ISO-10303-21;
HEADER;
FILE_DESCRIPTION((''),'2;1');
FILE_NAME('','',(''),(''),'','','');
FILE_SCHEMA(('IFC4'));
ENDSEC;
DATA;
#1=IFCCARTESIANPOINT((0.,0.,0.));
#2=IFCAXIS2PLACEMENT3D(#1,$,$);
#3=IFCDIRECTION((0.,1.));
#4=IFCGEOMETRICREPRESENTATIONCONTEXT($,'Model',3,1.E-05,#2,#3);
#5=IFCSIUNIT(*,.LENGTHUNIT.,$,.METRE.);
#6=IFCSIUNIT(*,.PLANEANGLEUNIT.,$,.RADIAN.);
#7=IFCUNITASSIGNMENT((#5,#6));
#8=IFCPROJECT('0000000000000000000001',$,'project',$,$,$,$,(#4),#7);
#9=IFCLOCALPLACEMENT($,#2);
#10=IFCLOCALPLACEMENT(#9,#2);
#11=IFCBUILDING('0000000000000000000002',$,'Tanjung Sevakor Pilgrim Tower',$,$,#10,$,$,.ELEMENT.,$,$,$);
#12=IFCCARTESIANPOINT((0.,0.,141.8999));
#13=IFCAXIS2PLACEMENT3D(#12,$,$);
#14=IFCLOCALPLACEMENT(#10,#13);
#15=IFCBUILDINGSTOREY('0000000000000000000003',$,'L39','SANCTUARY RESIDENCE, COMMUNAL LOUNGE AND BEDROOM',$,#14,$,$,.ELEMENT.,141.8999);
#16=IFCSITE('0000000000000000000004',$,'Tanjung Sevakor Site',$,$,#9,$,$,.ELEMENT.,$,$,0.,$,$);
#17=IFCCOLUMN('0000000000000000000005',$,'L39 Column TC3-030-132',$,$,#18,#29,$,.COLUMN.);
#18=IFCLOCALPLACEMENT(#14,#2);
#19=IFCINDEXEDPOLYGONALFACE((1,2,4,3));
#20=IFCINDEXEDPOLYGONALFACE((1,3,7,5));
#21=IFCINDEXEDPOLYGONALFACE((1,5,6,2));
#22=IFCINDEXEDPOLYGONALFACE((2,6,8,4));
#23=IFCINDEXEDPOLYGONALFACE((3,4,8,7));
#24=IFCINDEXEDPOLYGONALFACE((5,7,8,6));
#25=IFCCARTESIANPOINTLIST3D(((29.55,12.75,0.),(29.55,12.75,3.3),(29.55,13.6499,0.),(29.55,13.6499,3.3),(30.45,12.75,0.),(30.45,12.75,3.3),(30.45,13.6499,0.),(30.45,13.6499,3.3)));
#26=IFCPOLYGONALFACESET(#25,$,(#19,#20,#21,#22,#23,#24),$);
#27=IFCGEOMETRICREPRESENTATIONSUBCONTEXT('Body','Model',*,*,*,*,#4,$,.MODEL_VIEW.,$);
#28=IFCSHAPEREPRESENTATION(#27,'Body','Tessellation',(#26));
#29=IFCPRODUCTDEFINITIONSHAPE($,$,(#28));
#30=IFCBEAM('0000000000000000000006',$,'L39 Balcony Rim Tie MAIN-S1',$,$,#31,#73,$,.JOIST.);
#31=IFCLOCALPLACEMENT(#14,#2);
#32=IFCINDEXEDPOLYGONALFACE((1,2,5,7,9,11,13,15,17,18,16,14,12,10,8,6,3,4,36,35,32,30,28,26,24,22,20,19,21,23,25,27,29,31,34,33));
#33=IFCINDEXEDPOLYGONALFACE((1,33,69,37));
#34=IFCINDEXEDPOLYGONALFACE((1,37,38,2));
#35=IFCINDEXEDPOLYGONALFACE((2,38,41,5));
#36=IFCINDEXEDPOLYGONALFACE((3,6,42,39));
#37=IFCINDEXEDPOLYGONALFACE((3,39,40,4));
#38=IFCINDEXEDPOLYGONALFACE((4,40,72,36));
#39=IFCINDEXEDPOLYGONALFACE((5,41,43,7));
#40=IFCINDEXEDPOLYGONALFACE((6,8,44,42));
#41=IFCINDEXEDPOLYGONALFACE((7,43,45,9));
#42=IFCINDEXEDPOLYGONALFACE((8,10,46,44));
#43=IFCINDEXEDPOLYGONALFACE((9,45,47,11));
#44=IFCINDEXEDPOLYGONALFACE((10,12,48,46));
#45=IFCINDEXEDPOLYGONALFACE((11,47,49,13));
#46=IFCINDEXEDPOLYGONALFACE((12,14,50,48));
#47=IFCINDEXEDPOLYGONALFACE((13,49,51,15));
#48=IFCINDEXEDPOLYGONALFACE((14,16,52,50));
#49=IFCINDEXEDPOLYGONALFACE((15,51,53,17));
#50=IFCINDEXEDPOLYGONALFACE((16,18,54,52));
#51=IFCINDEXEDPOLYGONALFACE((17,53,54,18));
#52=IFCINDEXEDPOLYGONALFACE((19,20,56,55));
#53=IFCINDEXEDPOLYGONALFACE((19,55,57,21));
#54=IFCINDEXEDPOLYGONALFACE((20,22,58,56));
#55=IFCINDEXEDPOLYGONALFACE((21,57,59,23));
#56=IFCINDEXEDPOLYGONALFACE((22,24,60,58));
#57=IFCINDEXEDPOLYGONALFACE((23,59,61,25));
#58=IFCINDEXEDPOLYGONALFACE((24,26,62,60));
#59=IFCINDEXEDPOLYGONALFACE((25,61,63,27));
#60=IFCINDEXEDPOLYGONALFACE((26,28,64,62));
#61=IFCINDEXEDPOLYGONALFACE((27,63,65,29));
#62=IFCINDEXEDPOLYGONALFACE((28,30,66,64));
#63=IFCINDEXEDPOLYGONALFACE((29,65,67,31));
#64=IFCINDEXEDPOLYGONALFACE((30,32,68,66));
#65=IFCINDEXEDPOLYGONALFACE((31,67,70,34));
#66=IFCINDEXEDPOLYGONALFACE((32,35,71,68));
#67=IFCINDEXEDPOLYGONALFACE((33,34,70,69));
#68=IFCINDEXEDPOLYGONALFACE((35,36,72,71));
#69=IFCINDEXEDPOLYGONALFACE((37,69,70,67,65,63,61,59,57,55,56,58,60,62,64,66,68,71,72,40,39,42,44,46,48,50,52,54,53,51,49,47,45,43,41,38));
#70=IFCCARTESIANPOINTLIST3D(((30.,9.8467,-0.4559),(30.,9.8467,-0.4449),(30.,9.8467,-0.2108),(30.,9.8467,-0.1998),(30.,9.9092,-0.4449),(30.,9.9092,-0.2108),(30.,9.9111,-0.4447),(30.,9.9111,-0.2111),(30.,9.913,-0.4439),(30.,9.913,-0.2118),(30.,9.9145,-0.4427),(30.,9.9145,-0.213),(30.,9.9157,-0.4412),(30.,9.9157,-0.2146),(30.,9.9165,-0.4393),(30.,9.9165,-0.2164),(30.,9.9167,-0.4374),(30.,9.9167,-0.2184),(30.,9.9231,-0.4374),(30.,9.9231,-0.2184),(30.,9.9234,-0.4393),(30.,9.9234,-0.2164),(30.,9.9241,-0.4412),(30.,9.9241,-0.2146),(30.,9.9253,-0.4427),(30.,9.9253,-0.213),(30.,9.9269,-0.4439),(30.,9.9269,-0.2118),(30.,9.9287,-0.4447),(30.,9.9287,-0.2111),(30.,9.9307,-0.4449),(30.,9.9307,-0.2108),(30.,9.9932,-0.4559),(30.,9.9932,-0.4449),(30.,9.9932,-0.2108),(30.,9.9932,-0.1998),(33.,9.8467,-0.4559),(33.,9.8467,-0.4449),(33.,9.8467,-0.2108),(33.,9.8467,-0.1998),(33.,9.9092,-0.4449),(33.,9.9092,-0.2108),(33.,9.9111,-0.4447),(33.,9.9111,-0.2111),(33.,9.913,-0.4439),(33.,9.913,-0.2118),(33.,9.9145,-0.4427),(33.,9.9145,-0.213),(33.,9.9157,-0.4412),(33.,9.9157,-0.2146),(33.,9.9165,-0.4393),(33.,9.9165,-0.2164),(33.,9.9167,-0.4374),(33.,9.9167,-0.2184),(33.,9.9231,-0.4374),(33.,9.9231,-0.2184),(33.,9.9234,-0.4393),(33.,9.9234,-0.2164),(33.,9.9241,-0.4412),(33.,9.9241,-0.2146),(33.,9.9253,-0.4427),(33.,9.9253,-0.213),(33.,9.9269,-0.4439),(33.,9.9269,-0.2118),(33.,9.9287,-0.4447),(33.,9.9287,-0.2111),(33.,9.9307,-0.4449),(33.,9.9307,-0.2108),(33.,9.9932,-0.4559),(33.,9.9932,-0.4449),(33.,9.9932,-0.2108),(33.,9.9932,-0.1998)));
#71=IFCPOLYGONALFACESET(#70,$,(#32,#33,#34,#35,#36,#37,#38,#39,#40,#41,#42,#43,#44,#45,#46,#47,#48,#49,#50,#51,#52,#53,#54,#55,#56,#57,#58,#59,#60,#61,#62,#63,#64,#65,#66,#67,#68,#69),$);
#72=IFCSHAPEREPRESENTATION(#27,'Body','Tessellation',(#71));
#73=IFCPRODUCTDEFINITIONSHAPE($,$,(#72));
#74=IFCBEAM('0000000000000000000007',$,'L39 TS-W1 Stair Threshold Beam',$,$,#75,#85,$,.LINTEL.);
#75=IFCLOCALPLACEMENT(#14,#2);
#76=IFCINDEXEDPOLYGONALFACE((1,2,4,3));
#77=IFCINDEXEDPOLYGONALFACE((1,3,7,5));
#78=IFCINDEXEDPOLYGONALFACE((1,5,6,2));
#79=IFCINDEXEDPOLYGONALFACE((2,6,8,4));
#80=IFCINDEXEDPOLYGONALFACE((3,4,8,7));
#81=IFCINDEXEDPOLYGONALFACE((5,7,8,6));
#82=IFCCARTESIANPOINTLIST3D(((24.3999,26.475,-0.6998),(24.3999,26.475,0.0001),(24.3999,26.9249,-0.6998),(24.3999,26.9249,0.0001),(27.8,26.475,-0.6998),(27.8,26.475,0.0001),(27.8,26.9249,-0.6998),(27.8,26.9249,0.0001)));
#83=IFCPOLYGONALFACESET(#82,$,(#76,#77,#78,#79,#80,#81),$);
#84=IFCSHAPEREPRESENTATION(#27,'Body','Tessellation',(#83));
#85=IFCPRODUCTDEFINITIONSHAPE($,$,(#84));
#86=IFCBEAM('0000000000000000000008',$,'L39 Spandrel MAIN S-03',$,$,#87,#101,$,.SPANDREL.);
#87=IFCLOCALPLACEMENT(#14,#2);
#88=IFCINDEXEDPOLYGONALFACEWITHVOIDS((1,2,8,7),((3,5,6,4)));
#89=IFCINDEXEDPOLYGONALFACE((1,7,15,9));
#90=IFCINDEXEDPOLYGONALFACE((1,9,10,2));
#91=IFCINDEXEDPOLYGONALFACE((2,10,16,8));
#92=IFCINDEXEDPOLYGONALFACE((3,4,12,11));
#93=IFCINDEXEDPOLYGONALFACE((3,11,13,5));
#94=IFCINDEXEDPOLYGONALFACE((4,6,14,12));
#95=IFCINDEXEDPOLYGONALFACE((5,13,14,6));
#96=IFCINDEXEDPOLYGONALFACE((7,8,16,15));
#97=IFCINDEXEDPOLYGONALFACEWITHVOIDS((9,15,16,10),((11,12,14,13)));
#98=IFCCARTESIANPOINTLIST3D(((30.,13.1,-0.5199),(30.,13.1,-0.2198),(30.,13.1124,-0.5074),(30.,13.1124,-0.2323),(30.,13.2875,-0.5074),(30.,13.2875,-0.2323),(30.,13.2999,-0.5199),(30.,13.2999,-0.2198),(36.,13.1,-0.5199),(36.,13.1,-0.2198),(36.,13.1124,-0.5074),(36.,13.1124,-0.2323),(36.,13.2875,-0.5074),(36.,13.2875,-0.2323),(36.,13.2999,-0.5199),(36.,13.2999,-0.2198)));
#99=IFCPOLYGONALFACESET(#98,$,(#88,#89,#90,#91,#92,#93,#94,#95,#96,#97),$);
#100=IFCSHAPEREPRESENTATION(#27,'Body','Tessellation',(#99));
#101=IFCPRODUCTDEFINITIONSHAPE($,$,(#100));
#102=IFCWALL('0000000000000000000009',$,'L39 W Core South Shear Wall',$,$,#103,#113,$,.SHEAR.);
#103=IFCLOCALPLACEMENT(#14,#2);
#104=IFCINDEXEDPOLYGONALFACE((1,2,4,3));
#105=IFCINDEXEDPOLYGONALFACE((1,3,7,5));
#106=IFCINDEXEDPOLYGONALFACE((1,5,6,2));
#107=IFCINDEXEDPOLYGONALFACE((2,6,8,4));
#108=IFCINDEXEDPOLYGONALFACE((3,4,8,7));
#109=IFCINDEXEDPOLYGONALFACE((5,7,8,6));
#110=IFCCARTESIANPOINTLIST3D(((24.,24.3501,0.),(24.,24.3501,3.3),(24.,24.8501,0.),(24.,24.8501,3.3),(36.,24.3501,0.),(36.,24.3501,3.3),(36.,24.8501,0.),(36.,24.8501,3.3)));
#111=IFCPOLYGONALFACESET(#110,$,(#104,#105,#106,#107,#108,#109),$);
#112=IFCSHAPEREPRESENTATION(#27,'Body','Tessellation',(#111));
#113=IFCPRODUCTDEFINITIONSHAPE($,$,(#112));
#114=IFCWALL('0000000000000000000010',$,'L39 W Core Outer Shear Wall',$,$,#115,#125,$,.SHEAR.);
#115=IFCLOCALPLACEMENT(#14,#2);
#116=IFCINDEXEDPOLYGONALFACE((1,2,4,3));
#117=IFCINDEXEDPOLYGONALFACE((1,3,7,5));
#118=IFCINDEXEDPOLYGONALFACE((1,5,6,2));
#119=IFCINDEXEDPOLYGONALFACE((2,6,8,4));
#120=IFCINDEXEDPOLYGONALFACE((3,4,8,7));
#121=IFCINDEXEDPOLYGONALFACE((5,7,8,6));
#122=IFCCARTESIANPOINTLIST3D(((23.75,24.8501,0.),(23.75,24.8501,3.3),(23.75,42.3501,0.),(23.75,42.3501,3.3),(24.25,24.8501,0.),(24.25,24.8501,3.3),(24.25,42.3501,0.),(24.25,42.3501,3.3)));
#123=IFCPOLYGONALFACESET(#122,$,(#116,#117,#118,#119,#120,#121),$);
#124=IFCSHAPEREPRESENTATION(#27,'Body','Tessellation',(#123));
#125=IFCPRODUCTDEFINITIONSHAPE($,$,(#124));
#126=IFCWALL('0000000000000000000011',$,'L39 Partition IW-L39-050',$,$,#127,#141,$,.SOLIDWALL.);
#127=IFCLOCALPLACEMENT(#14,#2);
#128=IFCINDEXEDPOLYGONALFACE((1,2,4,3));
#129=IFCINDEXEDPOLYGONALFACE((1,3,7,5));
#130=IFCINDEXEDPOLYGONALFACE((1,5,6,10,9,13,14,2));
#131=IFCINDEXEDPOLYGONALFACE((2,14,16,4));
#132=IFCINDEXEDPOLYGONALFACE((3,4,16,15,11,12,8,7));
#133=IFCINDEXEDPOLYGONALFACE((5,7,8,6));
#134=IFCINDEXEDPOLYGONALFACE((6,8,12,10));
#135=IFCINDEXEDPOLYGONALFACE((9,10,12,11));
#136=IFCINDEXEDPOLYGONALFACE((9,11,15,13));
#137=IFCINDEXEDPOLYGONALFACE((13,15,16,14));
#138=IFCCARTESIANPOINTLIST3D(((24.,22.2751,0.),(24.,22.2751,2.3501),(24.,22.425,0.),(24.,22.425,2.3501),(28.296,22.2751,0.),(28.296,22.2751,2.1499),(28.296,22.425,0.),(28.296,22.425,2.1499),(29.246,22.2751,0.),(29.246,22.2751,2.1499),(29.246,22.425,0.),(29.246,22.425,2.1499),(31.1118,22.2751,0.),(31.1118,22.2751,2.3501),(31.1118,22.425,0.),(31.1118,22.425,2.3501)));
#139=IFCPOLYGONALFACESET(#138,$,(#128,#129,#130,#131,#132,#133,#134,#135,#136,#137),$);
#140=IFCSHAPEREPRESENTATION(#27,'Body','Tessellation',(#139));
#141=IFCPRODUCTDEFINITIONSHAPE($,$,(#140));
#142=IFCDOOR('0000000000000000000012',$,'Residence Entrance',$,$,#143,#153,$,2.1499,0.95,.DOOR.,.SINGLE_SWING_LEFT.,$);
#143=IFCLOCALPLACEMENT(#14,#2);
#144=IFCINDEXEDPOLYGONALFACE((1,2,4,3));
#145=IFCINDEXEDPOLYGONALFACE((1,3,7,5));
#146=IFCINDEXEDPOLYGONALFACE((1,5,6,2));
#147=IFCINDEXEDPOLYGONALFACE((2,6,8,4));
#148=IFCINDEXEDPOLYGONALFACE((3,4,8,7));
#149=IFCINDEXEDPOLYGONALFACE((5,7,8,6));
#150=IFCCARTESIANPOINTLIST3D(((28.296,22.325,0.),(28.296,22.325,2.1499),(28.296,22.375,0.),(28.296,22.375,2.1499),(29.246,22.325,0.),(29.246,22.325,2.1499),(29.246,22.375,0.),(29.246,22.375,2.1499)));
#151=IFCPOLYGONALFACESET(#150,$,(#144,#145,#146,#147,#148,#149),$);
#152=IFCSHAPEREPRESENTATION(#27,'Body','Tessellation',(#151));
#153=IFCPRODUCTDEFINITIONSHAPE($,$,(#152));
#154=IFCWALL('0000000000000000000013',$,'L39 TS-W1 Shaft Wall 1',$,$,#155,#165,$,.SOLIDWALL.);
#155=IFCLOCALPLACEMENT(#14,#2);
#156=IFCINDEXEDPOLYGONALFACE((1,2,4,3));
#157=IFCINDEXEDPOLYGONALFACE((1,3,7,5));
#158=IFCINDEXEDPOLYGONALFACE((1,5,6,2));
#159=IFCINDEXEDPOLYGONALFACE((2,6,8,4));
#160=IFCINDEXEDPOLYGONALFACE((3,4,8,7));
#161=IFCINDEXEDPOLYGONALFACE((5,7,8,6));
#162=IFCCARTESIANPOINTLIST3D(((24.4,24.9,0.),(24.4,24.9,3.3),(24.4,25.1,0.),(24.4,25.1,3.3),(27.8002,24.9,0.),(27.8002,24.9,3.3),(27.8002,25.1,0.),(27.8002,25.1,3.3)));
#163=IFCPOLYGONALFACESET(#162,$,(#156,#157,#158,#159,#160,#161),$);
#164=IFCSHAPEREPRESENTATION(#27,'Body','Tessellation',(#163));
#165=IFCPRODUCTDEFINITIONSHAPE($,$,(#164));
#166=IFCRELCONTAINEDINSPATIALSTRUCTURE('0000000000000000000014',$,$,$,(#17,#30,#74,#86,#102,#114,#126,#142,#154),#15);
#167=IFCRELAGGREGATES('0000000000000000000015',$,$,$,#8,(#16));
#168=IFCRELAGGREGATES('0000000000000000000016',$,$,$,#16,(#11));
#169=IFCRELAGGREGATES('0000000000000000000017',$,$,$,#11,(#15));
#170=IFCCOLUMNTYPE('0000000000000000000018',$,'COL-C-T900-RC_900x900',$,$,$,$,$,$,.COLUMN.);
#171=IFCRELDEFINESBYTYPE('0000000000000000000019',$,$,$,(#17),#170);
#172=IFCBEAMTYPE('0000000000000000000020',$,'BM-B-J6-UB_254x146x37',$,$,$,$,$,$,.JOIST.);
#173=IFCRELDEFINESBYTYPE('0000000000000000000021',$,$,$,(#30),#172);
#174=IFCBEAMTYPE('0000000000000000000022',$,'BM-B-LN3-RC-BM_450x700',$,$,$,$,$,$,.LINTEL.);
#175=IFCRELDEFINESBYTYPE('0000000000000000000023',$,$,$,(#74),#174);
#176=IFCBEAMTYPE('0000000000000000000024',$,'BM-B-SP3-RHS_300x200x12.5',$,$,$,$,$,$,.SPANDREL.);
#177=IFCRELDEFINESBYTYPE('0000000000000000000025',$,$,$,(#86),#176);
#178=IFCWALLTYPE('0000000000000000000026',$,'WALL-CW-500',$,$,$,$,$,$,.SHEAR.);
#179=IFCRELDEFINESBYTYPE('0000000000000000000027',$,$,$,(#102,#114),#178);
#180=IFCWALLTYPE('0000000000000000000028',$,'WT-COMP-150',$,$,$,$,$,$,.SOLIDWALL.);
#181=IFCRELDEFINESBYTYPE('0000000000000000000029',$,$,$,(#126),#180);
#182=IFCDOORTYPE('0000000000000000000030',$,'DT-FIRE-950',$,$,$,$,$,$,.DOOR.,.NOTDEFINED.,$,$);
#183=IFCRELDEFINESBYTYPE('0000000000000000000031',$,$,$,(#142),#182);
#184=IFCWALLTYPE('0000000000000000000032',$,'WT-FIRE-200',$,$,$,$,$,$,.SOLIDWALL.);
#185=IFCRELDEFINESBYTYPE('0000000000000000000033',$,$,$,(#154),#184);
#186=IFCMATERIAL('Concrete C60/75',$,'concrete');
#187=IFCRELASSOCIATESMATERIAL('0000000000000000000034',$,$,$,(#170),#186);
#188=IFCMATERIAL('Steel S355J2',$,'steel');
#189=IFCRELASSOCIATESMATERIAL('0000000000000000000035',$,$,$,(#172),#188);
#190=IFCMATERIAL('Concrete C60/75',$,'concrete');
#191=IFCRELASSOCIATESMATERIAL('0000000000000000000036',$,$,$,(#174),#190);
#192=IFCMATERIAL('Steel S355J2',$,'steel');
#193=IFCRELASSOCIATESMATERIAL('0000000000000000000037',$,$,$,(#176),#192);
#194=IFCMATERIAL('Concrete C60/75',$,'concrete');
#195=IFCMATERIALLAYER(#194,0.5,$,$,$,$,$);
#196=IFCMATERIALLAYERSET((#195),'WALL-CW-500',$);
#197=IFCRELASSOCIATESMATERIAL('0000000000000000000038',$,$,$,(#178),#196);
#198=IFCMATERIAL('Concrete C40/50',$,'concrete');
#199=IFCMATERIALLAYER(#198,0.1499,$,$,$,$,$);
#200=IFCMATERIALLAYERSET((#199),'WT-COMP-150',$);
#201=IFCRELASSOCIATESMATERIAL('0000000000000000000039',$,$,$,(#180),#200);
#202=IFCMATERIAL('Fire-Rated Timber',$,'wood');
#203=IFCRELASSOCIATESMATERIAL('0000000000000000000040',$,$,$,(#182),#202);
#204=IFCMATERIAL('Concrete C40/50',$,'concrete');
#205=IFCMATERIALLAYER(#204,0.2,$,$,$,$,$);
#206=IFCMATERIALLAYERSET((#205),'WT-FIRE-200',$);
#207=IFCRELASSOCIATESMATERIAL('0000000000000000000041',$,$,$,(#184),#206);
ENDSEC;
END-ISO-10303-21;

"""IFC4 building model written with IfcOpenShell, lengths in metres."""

from ifc_helpers import new_model, si_unit, direction, frame, frame_2d, origin, origin_2d, place, context, subcontext, project, spatial, rectangle, hollow_rectangle, i_section, extrude, material, layer, layer_set, material_profile, profile_set, type_object, element, fill, save


model = new_model("IFC4")

# Units and contexts
model_context = context("Model", 3, precision=1e-05, world=origin(), true_north=direction((0.0, 1.0)))
body_context = subcontext(model_context, "Body", "Model", "MODEL_VIEW")
ifc_project = project(units=[si_unit("LENGTHUNIT", "METRE"), si_unit("PLANEANGLEUNIT", "RADIAN")], contexts=[model_context])

# Site, building, storey
site_placement = place(None, origin())
site = spatial("IfcSite", under=ifc_project, at=site_placement, Name="Tanjung Sevakor Site", CompositionType="ELEMENT", RefElevation=0.0)
building_placement = place(site_placement, origin())
building = spatial("IfcBuilding", under=site, at=building_placement, Name="Tanjung Sevakor Pilgrim Tower", CompositionType="ELEMENT")
storey_placement = place(building_placement, frame((0.0, 0.0, 141.8999)))
storey = spatial("IfcBuildingStorey", under=building, at=storey_placement, Name="L39", Description="SANCTUARY RESIDENCE, COMMUNAL LOUNGE AND BEDROOM", CompositionType="ELEMENT", Elevation=141.8999)

# Column
ifc_material_1 = material(Name="Concrete C60/75", Category="concrete")
ifc_material_profile_1 = material_profile(ifc_material_1, rectangle(XDim=0.8999, YDim=0.8999, at=origin_2d()))
ifc_profile_set_1 = profile_set([ifc_material_profile_1], Name="Concrete C60/75")
column_type = type_object("IfcColumnType", Name="COL-C-T900-RC_900x900", PredefinedType="COLUMN", material=ifc_profile_set_1)
column_placement = place(storey_placement, frame((30.0, 13.2, 0.0), z_axis=(0.0, 0.0, 1.0), x_axis=(1.0, 0.0, 0.0)))
element("IfcColumn", 1, at=column_placement, inside=storey, type_object=column_type, Name="L39 Column TC3-030-132", PredefinedType="COLUMN", context=body_context, shape_type="SweptSolid", body=[
    extrude(rectangle(XDim=0.8999, YDim=0.8999, at=origin_2d()), origin(), (0.0, 0.0, 1.0), 3.3),
])

# Beams
ifc_material_2 = material(Name="Steel S355J2", Category="steel")
ifc_material_profile_2 = material_profile(ifc_material_2, i_section(OverallWidth=0.1465, OverallDepth=0.2561, WebThickness=0.0063, FlangeThickness=0.011, FilletRadius=0.0076, at=origin_2d()))
ifc_profile_set_2 = profile_set([ifc_material_profile_2], Name="Steel S355J2")
beam_type_1 = type_object("IfcBeamType", Name="BM-B-J6-UB_254x146x37", PredefinedType="JOIST", material=ifc_profile_set_2)
beam_1_placement = place(storey_placement, frame((30.0, 9.9199, -0.3279), z_axis=(1.0, 0.0, 0.0), x_axis=(0.0, 1.0, 0.0)))
element("IfcBeam", 2, at=beam_1_placement, inside=storey, type_object=beam_type_1, Name="L39 Balcony Rim Tie MAIN-S1", PredefinedType="JOIST", context=body_context, shape_type="SweptSolid", body=[
    extrude(i_section(OverallWidth=0.1465, OverallDepth=0.2561, WebThickness=0.0063, FlangeThickness=0.011, FilletRadius=0.0076, at=origin_2d()), origin(), (0.0, 0.0, 1.0), 3.0),
])
ifc_material_3 = material(Name="Concrete C60/75", Category="concrete")
ifc_material_profile_3 = material_profile(ifc_material_3, rectangle(XDim=0.45, YDim=0.7, at=origin_2d()))
ifc_profile_set_3 = profile_set([ifc_material_profile_3], Name="Concrete C60/75")
beam_type_2 = type_object("IfcBeamType", Name="BM-B-LN3-RC-BM_450x700", PredefinedType="LINTEL", material=ifc_profile_set_3)
beam_2_placement = place(storey_placement, frame((24.3999, 26.7, -0.3499), z_axis=(1.0, 0.0, 0.0), x_axis=(0.0, 1.0, 0.0)))
element("IfcBeam", 3, at=beam_2_placement, inside=storey, type_object=beam_type_2, Name="L39 TS-W1 Stair Threshold Beam", PredefinedType="LINTEL", context=body_context, shape_type="SweptSolid", body=[
    extrude(rectangle(XDim=0.45, YDim=0.7, at=origin_2d()), origin(), (0.0, 0.0, 1.0), 3.4001),
])
ifc_material_4 = material(Name="Steel S355J2", Category="steel")
ifc_material_profile_4 = material_profile(ifc_material_4, hollow_rectangle(XDim=0.2, YDim=0.3, WallThickness=0.0125, at=origin_2d()))
ifc_profile_set_4 = profile_set([ifc_material_profile_4], Name="Steel S355J2")
beam_type_3 = type_object("IfcBeamType", Name="BM-B-SP3-RHS_300x200x12.5", PredefinedType="SPANDREL", material=ifc_profile_set_4)
beam_3_placement = place(storey_placement, frame((30.0, 13.2, -0.3699), z_axis=(1.0, 0.0, 0.0), x_axis=(0.0, 1.0, 0.0)))
element("IfcBeam", 4, at=beam_3_placement, inside=storey, type_object=beam_type_3, Name="L39 Spandrel MAIN S-03", PredefinedType="SPANDREL", context=body_context, shape_type="SweptSolid", body=[
    extrude(hollow_rectangle(XDim=0.2, YDim=0.3, WallThickness=0.0125, at=origin_2d()), origin(), (0.0, 0.0, 1.0), 6.0),
])

# Walls
ifc_material_5 = material(Name="Concrete C60/75", Category="concrete")
ifc_layer_1 = layer(ifc_material_5, 0.5)
ifc_layer_set_1 = layer_set([ifc_layer_1], Name="WALL-CW-500")
wall_type_1 = type_object("IfcWallType", Name="WALL-CW-500", PredefinedType="SHEAR", material=ifc_layer_set_1)
wall_1_placement = place(storey_placement, frame((24.0, 24.6001, 0.0), z_axis=(0.0, 0.0, 1.0), x_axis=(1.0, 0.0, 0.0)))
element("IfcWall", 5, at=wall_1_placement, inside=storey, type_object=wall_type_1, Name="L39 W Core South Shear Wall", PredefinedType="SHEAR", context=body_context, shape_type="SweptSolid", body=[
    extrude(rectangle(XDim=12.0, YDim=0.5, at=frame_2d((6.0, 0.0))), origin(), (0.0, 0.0, 1.0), 3.3),
])
wall_2_placement = place(storey_placement, frame((24.0, 24.8501, 0.0), z_axis=(0.0, 0.0, 1.0), x_axis=(0.0, 1.0, 0.0)))
element("IfcWall", 6, at=wall_2_placement, inside=storey, type_object=wall_type_1, Name="L39 W Core Outer Shear Wall", PredefinedType="SHEAR", context=body_context, shape_type="SweptSolid", body=[
    extrude(rectangle(XDim=17.5, YDim=0.5, at=frame_2d((8.75, 0.0))), origin(), (0.0, 0.0, 1.0), 3.3),
])

# Wall, opening, door
ifc_material_6 = material(Name="Concrete C40/50", Category="concrete")
ifc_layer_2 = layer(ifc_material_6, 0.1499)
ifc_layer_set_2 = layer_set([ifc_layer_2], Name="WT-COMP-150")
wall_type_2 = type_object("IfcWallType", Name="WT-COMP-150", PredefinedType="SOLIDWALL", material=ifc_layer_set_2)
wall_3_placement = place(storey_placement, frame((24.0, 22.3501, 0.0), z_axis=(0.0, 0.0, 1.0), x_axis=(1.0, 0.0, 0.0)))
wall_3 = element("IfcWall", 7, at=wall_3_placement, inside=storey, type_object=wall_type_2, Name="L39 Partition IW-L39-050", PredefinedType="SOLIDWALL", context=body_context, shape_type="SweptSolid", body=[
    extrude(rectangle(XDim=7.1118, YDim=0.1499, at=frame_2d((3.5559, 0.0))), origin(), (0.0, 0.0, 1.0), 2.3501),
])
opening_1_placement = place(wall_3_placement, frame((4.2959, 0.0, 0.0)))
opening_1 = element("IfcOpeningElement", 8, at=opening_1_placement, cuts=wall_3, PredefinedType="OPENING", context=body_context, shape_type="SweptSolid", body=[
    extrude(rectangle(XDim=0.95, YDim=2.1499, at=frame_2d((0.4751, 1.075))), frame((0.0, 0.085, 0.0), z_axis=(0.0, -1.0, 0.0), x_axis=(1.0, 0.0, 0.0)), (0.0, 0.0, 1.0), 0.1699),
])
ifc_material_7 = material(Name="Fire-Rated Timber", Category="wood")
door_type_1 = type_object("IfcDoorType", Name="DT-FIRE-950", OperationType="NOTDEFINED", PredefinedType="DOOR", material=ifc_material_7)
door_1_placement = place(opening_1_placement, origin())
door_1 = element("IfcDoor", 9, at=door_1_placement, inside=storey, type_object=door_type_1, Name="Residence Entrance", OperationType="SINGLE_SWING_LEFT", OverallHeight=2.1499, OverallWidth=0.95, PredefinedType="DOOR", context=body_context, shape_type="SweptSolid", body=[
    extrude(rectangle(XDim=0.95, YDim=2.1499, at=frame_2d((0.4751, 1.075))), frame((0.0, 0.0249, 0.0), z_axis=(0.0, -1.0, 0.0), x_axis=(1.0, 0.0, 0.0)), (0.0, 0.0, 1.0), 0.05),
])
fill(opening_1, door_1)

# Wall
ifc_material_8 = material(Name="Concrete C40/50", Category="concrete")
ifc_layer_3 = layer(ifc_material_8, 0.2)
ifc_layer_set_3 = layer_set([ifc_layer_3], Name="WT-FIRE-200")
wall_type_3 = type_object("IfcWallType", Name="WT-FIRE-200", PredefinedType="SOLIDWALL", material=ifc_layer_set_3)
wall_4_placement = place(storey_placement, frame((24.3999, 25.0, 0.0), z_axis=(0.0, 0.0, 1.0), x_axis=(1.0, 0.0, 0.0)))
element("IfcWall", 10, at=wall_4_placement, inside=storey, type_object=wall_type_3, Name="L39 TS-W1 Shaft Wall 1", PredefinedType="SOLIDWALL", context=body_context, shape_type="SweptSolid", body=[
    extrude(rectangle(XDim=3.4001, YDim=0.2, at=frame_2d((1.7002, 0.0))), origin(), (0.0, 0.0, 1.0), 3.3),
])

save(model, "model.ifc")
